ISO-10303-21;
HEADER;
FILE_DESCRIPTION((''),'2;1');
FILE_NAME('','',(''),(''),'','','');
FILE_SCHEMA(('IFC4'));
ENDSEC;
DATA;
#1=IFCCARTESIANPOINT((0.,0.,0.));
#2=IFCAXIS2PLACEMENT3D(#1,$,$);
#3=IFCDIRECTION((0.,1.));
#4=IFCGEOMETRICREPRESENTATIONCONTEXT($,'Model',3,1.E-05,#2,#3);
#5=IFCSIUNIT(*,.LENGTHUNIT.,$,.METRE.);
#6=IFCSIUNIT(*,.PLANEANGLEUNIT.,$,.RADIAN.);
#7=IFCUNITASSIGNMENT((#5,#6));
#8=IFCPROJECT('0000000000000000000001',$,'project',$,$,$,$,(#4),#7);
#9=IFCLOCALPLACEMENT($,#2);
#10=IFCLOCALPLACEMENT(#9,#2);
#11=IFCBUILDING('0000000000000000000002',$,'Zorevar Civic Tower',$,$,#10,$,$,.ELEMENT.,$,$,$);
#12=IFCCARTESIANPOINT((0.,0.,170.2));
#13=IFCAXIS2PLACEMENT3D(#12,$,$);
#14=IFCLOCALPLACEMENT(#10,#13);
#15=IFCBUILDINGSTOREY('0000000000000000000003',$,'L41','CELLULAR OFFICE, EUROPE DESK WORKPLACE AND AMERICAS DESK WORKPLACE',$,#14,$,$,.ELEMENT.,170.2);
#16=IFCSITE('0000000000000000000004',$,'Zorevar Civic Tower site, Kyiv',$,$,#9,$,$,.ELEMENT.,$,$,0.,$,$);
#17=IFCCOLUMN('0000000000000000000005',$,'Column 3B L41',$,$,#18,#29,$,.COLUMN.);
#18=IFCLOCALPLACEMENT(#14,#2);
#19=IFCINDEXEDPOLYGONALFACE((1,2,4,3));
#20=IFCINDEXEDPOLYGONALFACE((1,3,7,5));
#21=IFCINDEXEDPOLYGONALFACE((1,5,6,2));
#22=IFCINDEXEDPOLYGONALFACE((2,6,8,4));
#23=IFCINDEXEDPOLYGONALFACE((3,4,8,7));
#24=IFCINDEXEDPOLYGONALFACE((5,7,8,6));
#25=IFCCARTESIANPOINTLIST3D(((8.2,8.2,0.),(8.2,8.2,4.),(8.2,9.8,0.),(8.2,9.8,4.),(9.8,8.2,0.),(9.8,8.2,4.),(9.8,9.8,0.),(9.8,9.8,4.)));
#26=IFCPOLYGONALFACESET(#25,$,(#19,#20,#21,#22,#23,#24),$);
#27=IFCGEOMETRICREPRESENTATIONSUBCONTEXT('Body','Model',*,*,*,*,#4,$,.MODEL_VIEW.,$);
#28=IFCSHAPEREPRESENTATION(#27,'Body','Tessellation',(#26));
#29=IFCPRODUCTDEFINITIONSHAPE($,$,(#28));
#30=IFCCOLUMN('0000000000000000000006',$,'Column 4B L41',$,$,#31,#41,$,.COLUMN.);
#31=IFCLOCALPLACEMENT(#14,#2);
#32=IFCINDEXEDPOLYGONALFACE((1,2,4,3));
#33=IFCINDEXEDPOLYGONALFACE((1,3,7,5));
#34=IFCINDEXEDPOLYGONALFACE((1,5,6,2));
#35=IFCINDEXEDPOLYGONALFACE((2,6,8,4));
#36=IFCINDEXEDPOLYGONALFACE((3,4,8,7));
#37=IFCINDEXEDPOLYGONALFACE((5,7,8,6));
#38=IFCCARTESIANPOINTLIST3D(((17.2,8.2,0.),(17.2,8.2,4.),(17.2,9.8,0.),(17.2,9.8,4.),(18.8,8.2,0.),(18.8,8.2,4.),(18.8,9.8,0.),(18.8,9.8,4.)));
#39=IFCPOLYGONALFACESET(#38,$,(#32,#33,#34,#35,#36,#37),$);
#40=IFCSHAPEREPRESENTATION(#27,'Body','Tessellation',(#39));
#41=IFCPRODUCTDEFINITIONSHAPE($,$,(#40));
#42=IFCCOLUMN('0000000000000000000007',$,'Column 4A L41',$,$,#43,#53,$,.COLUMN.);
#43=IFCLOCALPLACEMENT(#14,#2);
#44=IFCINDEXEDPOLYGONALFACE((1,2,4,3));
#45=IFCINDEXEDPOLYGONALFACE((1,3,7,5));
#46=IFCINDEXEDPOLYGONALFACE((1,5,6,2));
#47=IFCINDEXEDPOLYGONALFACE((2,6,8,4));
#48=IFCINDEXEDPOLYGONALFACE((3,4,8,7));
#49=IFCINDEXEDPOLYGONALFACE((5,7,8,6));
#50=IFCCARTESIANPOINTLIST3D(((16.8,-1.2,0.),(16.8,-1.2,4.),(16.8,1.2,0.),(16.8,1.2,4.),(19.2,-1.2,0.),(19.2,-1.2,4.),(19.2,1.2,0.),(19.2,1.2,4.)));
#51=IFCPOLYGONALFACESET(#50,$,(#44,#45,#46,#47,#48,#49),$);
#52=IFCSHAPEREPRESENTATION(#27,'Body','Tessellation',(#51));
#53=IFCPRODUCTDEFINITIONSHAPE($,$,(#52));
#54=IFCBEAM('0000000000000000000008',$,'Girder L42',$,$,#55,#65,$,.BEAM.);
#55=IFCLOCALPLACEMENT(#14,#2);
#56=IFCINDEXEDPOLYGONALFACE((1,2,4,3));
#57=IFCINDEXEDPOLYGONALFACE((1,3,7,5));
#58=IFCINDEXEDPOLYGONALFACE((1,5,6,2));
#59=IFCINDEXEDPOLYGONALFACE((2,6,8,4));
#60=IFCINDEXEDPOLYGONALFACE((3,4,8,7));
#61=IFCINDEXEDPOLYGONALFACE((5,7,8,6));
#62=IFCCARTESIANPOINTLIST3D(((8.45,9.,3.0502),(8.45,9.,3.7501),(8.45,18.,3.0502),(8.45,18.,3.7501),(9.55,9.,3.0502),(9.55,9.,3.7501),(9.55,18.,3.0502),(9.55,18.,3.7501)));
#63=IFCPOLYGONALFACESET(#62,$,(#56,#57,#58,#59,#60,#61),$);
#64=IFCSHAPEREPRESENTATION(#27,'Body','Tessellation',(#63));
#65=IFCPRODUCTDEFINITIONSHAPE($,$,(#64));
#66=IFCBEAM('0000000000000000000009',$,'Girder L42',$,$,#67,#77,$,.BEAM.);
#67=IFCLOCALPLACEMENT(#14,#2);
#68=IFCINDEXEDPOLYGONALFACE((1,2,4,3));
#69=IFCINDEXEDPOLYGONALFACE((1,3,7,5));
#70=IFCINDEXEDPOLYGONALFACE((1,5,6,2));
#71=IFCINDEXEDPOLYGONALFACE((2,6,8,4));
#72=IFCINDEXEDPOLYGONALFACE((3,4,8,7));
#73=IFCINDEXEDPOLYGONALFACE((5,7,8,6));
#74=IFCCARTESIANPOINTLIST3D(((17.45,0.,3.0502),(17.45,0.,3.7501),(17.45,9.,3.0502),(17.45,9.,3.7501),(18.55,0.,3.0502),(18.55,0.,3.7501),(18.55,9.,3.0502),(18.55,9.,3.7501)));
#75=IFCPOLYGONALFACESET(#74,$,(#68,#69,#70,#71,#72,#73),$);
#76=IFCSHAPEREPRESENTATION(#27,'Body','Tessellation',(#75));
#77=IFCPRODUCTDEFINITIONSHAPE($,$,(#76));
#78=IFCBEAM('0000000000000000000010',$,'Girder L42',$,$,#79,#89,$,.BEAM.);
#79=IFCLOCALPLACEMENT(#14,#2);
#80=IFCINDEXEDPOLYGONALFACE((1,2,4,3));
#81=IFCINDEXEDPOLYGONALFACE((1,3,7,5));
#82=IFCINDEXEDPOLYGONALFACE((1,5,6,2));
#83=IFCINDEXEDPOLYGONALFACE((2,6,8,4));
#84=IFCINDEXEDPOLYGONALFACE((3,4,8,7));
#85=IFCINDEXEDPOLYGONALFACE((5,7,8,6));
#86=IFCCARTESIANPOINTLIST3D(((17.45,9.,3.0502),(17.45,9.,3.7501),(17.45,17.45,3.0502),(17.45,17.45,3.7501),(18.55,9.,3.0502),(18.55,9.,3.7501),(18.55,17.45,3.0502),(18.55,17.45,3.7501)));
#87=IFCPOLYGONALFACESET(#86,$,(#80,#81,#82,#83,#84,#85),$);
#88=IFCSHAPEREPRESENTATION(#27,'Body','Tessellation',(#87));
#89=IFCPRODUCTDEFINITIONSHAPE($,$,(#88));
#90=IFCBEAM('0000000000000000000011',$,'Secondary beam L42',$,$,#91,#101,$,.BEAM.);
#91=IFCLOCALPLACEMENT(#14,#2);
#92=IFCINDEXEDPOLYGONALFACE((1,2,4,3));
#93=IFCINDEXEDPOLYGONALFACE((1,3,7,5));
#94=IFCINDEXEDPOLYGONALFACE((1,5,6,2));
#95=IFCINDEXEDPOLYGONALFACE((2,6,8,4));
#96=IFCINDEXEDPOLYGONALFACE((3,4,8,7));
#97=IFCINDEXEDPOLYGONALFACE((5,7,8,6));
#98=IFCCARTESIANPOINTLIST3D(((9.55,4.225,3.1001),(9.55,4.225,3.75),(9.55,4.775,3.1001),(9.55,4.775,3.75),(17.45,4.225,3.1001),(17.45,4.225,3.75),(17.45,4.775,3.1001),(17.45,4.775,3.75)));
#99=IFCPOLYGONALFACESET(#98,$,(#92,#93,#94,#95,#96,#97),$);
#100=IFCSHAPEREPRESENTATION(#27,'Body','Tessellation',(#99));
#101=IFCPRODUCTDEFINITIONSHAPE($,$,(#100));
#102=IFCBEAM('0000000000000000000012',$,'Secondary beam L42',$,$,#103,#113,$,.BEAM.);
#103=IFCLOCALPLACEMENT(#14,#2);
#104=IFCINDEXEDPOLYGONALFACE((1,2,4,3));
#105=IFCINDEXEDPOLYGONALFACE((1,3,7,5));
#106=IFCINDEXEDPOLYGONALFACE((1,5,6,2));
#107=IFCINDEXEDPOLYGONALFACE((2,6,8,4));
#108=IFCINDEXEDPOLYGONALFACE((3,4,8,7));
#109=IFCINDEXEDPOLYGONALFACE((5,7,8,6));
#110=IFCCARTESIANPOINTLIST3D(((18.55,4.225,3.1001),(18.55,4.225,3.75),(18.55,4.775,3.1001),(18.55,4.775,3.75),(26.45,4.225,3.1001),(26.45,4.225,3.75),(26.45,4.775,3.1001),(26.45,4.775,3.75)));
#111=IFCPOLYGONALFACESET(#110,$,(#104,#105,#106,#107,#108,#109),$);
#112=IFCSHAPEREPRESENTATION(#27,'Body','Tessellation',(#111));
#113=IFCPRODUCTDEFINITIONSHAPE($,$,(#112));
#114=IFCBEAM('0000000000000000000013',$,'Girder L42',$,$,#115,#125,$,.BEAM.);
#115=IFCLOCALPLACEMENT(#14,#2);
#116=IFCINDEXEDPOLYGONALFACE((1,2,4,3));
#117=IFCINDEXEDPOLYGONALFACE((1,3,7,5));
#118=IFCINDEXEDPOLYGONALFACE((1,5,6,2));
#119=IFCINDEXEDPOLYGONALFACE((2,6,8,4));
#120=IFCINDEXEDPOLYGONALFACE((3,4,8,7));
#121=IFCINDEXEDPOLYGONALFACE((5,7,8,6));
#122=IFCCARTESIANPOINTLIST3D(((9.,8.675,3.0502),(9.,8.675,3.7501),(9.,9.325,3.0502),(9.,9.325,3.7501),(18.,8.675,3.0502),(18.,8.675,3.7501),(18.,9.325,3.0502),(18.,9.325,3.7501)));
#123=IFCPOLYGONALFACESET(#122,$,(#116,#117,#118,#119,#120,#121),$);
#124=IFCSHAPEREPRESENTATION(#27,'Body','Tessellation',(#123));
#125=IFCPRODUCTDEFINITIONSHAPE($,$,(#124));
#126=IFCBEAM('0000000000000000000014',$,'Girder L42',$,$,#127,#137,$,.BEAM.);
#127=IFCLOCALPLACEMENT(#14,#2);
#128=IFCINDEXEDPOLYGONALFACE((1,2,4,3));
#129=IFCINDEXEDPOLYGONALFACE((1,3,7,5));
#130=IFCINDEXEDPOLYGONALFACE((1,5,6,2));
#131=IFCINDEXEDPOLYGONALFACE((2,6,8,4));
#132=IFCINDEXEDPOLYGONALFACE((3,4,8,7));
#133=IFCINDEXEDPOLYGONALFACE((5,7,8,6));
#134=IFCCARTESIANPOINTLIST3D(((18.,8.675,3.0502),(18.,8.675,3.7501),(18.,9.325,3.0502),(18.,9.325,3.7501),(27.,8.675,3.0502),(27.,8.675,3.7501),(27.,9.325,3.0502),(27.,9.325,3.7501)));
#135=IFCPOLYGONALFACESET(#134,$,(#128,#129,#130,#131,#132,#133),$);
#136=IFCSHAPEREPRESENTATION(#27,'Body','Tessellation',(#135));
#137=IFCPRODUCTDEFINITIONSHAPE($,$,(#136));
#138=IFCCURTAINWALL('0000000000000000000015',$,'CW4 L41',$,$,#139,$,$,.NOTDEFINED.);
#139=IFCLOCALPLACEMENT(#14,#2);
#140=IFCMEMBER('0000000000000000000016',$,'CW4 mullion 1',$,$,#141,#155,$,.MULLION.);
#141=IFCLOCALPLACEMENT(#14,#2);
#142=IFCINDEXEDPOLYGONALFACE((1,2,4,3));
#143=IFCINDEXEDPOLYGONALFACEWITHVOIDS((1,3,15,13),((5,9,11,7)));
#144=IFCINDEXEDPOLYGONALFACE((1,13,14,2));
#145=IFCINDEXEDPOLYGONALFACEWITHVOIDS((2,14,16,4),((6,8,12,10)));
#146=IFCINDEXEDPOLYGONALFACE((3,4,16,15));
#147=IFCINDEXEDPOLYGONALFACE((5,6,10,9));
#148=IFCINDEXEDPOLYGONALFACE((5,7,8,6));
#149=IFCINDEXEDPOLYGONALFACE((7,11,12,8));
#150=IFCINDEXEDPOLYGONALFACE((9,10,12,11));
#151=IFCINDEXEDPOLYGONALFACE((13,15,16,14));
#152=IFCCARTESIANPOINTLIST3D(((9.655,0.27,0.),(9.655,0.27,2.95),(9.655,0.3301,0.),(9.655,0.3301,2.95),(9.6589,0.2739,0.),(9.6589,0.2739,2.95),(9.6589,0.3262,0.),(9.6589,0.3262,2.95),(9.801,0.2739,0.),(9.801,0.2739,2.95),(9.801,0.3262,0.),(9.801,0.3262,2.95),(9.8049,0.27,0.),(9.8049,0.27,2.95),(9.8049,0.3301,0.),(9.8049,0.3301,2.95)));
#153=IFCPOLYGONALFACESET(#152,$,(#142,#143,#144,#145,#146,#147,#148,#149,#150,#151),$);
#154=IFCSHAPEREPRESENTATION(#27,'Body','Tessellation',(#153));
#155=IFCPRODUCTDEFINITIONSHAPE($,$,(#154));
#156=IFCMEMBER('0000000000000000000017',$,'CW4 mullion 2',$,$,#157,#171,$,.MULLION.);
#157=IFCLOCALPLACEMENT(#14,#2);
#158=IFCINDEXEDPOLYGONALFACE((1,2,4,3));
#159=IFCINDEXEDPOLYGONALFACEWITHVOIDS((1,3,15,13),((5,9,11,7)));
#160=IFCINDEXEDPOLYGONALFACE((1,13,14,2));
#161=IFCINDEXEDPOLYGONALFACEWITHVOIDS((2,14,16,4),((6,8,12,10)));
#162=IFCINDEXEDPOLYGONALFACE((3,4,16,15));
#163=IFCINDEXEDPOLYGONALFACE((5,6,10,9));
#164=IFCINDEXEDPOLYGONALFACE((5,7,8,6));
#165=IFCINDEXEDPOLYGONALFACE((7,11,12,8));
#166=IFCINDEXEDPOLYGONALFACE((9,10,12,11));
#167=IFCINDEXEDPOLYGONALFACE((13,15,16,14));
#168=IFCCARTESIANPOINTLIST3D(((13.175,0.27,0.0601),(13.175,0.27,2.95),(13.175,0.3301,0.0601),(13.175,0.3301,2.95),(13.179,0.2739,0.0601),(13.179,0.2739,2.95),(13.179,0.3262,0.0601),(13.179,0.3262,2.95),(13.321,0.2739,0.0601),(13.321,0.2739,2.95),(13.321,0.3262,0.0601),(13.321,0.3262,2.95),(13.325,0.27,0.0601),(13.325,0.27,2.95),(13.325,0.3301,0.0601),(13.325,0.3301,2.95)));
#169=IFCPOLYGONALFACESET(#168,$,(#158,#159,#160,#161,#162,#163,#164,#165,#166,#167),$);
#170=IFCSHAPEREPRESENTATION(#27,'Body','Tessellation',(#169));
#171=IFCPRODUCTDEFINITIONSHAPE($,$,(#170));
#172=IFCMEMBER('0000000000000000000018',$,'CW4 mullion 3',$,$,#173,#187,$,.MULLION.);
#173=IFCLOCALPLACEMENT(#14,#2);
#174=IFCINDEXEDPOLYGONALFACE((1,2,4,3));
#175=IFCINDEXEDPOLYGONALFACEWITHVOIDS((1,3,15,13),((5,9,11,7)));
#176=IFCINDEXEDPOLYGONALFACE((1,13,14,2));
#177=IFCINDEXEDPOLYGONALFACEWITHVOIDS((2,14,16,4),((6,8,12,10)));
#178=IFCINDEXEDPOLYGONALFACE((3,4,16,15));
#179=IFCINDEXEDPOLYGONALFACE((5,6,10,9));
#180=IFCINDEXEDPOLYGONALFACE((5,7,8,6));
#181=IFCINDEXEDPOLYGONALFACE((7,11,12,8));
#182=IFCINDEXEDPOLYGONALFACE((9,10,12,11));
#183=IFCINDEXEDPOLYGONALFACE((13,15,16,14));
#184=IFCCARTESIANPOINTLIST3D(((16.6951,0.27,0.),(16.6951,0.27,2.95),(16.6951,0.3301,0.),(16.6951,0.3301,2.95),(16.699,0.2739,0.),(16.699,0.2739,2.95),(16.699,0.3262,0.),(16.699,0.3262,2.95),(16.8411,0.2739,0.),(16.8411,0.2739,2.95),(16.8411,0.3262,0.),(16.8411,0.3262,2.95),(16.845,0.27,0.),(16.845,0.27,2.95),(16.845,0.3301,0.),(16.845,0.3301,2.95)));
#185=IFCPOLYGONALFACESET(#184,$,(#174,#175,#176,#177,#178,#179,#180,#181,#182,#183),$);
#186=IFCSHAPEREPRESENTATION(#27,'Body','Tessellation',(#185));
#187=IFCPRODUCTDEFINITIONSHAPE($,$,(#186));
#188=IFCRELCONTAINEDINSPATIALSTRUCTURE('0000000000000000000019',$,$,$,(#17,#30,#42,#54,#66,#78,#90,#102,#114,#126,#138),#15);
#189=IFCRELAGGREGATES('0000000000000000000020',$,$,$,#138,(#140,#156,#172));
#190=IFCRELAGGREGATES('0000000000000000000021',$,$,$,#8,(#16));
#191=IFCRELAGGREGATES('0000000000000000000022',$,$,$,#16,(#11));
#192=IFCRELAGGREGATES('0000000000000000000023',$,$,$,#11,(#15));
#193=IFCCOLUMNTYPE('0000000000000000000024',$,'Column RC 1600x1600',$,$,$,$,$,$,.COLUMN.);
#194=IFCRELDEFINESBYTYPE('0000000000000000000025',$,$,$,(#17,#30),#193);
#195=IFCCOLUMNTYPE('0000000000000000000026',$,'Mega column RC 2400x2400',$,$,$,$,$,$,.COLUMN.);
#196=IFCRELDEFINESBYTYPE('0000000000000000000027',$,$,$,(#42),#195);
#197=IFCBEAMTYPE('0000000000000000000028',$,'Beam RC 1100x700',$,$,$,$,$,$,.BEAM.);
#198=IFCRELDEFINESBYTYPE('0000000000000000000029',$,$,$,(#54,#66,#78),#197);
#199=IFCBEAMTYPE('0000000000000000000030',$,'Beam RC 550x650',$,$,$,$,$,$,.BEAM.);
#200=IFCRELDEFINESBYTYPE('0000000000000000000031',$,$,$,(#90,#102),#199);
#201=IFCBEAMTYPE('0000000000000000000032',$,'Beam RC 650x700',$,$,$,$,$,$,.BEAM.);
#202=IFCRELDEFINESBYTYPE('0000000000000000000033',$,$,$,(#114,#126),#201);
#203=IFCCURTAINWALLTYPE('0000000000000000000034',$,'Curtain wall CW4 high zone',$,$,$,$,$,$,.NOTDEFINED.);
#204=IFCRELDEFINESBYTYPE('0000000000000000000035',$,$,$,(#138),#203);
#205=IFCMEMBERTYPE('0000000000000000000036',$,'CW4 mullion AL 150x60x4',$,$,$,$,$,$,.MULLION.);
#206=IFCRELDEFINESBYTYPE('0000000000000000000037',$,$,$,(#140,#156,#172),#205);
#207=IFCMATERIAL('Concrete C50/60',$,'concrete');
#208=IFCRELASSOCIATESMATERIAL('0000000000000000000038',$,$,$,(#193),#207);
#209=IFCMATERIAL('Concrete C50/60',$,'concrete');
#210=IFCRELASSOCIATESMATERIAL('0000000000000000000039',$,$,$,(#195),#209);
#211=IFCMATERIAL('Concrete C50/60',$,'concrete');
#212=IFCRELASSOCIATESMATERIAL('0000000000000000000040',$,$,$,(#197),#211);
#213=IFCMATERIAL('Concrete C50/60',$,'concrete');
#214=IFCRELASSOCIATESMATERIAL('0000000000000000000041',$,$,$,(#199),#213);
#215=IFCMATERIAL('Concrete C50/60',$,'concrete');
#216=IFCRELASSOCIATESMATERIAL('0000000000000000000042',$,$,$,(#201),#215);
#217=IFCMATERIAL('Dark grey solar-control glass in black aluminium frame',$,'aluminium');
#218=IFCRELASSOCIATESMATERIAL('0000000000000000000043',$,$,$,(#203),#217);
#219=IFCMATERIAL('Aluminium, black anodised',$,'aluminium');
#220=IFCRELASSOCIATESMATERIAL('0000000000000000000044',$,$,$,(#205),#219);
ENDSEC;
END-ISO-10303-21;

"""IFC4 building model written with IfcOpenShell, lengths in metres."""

from ifc_helpers import new_model, si_unit, direction, frame, origin, origin_2d, place, context, subcontext, project, spatial, rectangle, hollow_rectangle, extrude, material, material_profile, profile_set, type_object, element, aggregate, save


model = new_model("IFC4")

# Units and contexts
model_context = context("Model", 3, precision=1e-05, world=origin(), true_north=direction((0.0, 1.0)))
body_context = subcontext(model_context, "Body", "Model", "MODEL_VIEW")
ifc_project = project(units=[si_unit("LENGTHUNIT", "METRE"), si_unit("PLANEANGLEUNIT", "RADIAN")], contexts=[model_context])

# Site, building, storey
site_placement = place(None, origin())
site = spatial("IfcSite", under=ifc_project, at=site_placement, Name="Zorevar Civic Tower site, Kyiv", CompositionType="ELEMENT", RefElevation=0.0)
building_placement = place(site_placement, origin())
building = spatial("IfcBuilding", under=site, at=building_placement, Name="Zorevar Civic Tower", CompositionType="ELEMENT")
storey_placement = place(building_placement, frame((0.0, 0.0, 170.2)))
storey = spatial("IfcBuildingStorey", under=building, at=storey_placement, Name="L41", Description="CELLULAR OFFICE, EUROPE DESK WORKPLACE AND AMERICAS DESK WORKPLACE", CompositionType="ELEMENT", Elevation=170.2)

# Columns
ifc_material_1 = material(Name="Concrete C50/60", Category="concrete")
ifc_material_profile_1 = material_profile(ifc_material_1, rectangle(XDim=1.6001, YDim=1.6001, at=origin_2d()), Name="RC 1600x1600")
ifc_profile_set_1 = profile_set([ifc_material_profile_1], Name="Concrete C50/60")
column_type_1 = type_object("IfcColumnType", Name="Column RC 1600x1600", PredefinedType="COLUMN", material=ifc_profile_set_1)
for number, where, z_axis, x_axis, name in (
    (1, (9.0, 9.0, 0.0), (0.0, 0.0, 1.0), (1.0, 0.0, 0.0), "Column 3B L41"),
    (2, (18.0, 9.0, 0.0), (0.0, 0.0, 1.0), (1.0, 0.0, 0.0), "Column 4B L41"),
):
    element("IfcColumn", number, at=place(storey_placement, frame(where, z_axis=z_axis, x_axis=x_axis)), inside=storey, type_object=column_type_1, Name=name, PredefinedType="COLUMN", context=body_context, shape_type="SweptSolid", body=[
        extrude(rectangle(XDim=1.6001, YDim=1.6001, at=origin_2d()), origin(), (0.0, 0.0, 1.0), 4.0),
    ])
ifc_material_2 = material(Name="Concrete C50/60", Category="concrete")
ifc_material_profile_2 = material_profile(ifc_material_2, rectangle(XDim=2.3999, YDim=2.3999, at=origin_2d()), Name="RC 2400x2400")
ifc_profile_set_2 = profile_set([ifc_material_profile_2], Name="Concrete C50/60")
column_type_2 = type_object("IfcColumnType", Name="Mega column RC 2400x2400", PredefinedType="COLUMN", material=ifc_profile_set_2)
column_placement = place(storey_placement, frame((18.0, 0.0, 0.0), z_axis=(0.0, 0.0, 1.0), x_axis=(1.0, 0.0, 0.0)))
element("IfcColumn", 3, at=column_placement, inside=storey, type_object=column_type_2, Name="Column 4A L41", PredefinedType="COLUMN", context=body_context, shape_type="SweptSolid", body=[
    extrude(rectangle(XDim=2.3999, YDim=2.3999, at=origin_2d()), origin(), (0.0, 0.0, 1.0), 4.0),
])

# Beams
ifc_material_3 = material(Name="Concrete C50/60", Category="concrete")
ifc_material_profile_3 = material_profile(ifc_material_3, rectangle(XDim=1.1001, YDim=0.7, at=origin_2d()), Name="RC 1100x700")
ifc_profile_set_3 = profile_set([ifc_material_profile_3], Name="Concrete C50/60")
beam_type_1 = type_object("IfcBeamType", Name="Beam RC 1100x700", PredefinedType="BEAM", material=ifc_profile_set_3)
for number, where, z_axis, x_axis, name in (
    (4, (9.0, 9.0, 3.4001), (0.0, 1.0, 0.0), (-1.0, 0.0, 0.0), "Girder L42"),
    (5, (18.0, 0.0, 3.4001), (0.0, 1.0, 0.0), (-1.0, 0.0, 0.0), "Girder L42"),
):
    element("IfcBeam", number, at=place(storey_placement, frame(where, z_axis=z_axis, x_axis=x_axis)), inside=storey, type_object=beam_type_1, Name=name, PredefinedType="BEAM", context=body_context, shape_type="SweptSolid", body=[
        extrude(rectangle(XDim=1.1001, YDim=0.7, at=origin_2d()), origin(), (0.0, 0.0, 1.0), 9.0),
    ])
beam_1_placement = place(storey_placement, frame((18.0, 9.0, 3.4001), z_axis=(0.0, 1.0, 0.0), x_axis=(-1.0, 0.0, 0.0)))
element("IfcBeam", 6, at=beam_1_placement, inside=storey, type_object=beam_type_1, Name="Girder L42", PredefinedType="BEAM", context=body_context, shape_type="SweptSolid", body=[
    extrude(rectangle(XDim=1.1001, YDim=0.7, at=origin_2d()), origin(), (0.0, 0.0, 1.0), 8.45),
])
ifc_material_4 = material(Name="Concrete C50/60", Category="concrete")
ifc_material_profile_4 = material_profile(ifc_material_4, rectangle(XDim=0.55, YDim=0.6499, at=origin_2d()), Name="RC 550x650")
ifc_profile_set_4 = profile_set([ifc_material_profile_4], Name="Concrete C50/60")
beam_type_2 = type_object("IfcBeamType", Name="Beam RC 550x650", PredefinedType="BEAM", material=ifc_profile_set_4)
for number, where, z_axis, x_axis, name in (
    (7, (9.55, 4.5, 3.425), (1.0, 0.0, 0.0), (0.0, 1.0, 0.0), "Secondary beam L42"),
    (8, (18.55, 4.5, 3.425), (1.0, 0.0, 0.0), (0.0, 1.0, 0.0), "Secondary beam L42"),
):
    element("IfcBeam", number, at=place(storey_placement, frame(where, z_axis=z_axis, x_axis=x_axis)), inside=storey, type_object=beam_type_2, Name=name, PredefinedType="BEAM", context=body_context, shape_type="SweptSolid", body=[
        extrude(rectangle(XDim=0.55, YDim=0.6499, at=origin_2d()), origin(), (0.0, 0.0, 1.0), 7.8999),
    ])
ifc_material_5 = material(Name="Concrete C50/60", Category="concrete")
ifc_material_profile_5 = material_profile(ifc_material_5, rectangle(XDim=0.6499, YDim=0.7, at=origin_2d()), Name="RC 650x700")
ifc_profile_set_5 = profile_set([ifc_material_profile_5], Name="Concrete C50/60")
beam_type_3 = type_object("IfcBeamType", Name="Beam RC 650x700", PredefinedType="BEAM", material=ifc_profile_set_5)
for number, where, z_axis, x_axis, name in (
    (9, (9.0, 9.0, 3.4001), (1.0, 0.0, 0.0), (0.0, 1.0, 0.0), "Girder L42"),
    (10, (18.0, 9.0, 3.4001), (1.0, 0.0, 0.0), (0.0, 1.0, 0.0), "Girder L42"),
):
    element("IfcBeam", number, at=place(storey_placement, frame(where, z_axis=z_axis, x_axis=x_axis)), inside=storey, type_object=beam_type_3, Name=name, PredefinedType="BEAM", context=body_context, shape_type="SweptSolid", body=[
        extrude(rectangle(XDim=0.6499, YDim=0.7, at=origin_2d()), origin(), (0.0, 0.0, 1.0), 9.0),
    ])

# Curtain wall, members
ifc_material_6 = material(Name="Dark grey solar-control glass in black aluminium frame", Category="aluminium")
curtain_wall_type = type_object("IfcCurtainWallType", Name="Curtain wall CW4 high zone", PredefinedType="NOTDEFINED", material=ifc_material_6)
curtain_wall_placement = place(storey_placement, origin())
curtain_wall = element("IfcCurtainWall", 11, at=curtain_wall_placement, inside=storey, type_object=curtain_wall_type, Name="CW4 L41", PredefinedType="NOTDEFINED")
ifc_material_7 = material(Name="Aluminium, black anodised", Category="aluminium")
ifc_material_profile_6 = material_profile(ifc_material_7, hollow_rectangle(XDim=0.0601, YDim=0.1499, WallThickness=0.0039, at=origin_2d()), Name="AL 150x60x4")
ifc_profile_set_6 = profile_set([ifc_material_profile_6], Name="Aluminium, black anodised")
member_type_1 = type_object("IfcMemberType", Name="CW4 mullion AL 150x60x4", PredefinedType="MULLION", material=ifc_profile_set_6)
member_1_placement = place(storey_placement, frame((9.73, 0.3, 0.0), z_axis=(0.0, 0.0, 1.0), x_axis=(0.0, 1.0, 0.0)))
member_1 = element("IfcMember", 12, at=member_1_placement, type_object=member_type_1, Name="CW4 mullion 1", PredefinedType="MULLION", context=body_context, shape_type="SweptSolid", body=[
    extrude(hollow_rectangle(XDim=0.0601, YDim=0.1499, WallThickness=0.0039, at=origin_2d()), origin(), (0.0, 0.0, 1.0), 2.95),
])
member_2_placement = place(storey_placement, frame((13.25, 0.3, 0.0601), z_axis=(0.0, 0.0, 1.0), x_axis=(0.0, 1.0, 0.0)))
member_2 = element("IfcMember", 13, at=member_2_placement, type_object=member_type_1, Name="CW4 mullion 2", PredefinedType="MULLION", context=body_context, shape_type="SweptSolid", body=[
    extrude(hollow_rectangle(XDim=0.0601, YDim=0.1499, WallThickness=0.0039, at=origin_2d()), origin(), (0.0, 0.0, 1.0), 2.8899),
])
member_3_placement = place(storey_placement, frame((16.77, 0.3, 0.0), z_axis=(0.0, 0.0, 1.0), x_axis=(0.0, 1.0, 0.0)))
member_3 = element("IfcMember", 14, at=member_3_placement, type_object=member_type_1, Name="CW4 mullion 3", PredefinedType="MULLION", context=body_context, shape_type="SweptSolid", body=[
    extrude(hollow_rectangle(XDim=0.0601, YDim=0.1499, WallThickness=0.0039, at=origin_2d()), origin(), (0.0, 0.0, 1.0), 2.95),
])

aggregate(curtain_wall, [member_1, member_2, member_3])

save(model, "model.ifc")
